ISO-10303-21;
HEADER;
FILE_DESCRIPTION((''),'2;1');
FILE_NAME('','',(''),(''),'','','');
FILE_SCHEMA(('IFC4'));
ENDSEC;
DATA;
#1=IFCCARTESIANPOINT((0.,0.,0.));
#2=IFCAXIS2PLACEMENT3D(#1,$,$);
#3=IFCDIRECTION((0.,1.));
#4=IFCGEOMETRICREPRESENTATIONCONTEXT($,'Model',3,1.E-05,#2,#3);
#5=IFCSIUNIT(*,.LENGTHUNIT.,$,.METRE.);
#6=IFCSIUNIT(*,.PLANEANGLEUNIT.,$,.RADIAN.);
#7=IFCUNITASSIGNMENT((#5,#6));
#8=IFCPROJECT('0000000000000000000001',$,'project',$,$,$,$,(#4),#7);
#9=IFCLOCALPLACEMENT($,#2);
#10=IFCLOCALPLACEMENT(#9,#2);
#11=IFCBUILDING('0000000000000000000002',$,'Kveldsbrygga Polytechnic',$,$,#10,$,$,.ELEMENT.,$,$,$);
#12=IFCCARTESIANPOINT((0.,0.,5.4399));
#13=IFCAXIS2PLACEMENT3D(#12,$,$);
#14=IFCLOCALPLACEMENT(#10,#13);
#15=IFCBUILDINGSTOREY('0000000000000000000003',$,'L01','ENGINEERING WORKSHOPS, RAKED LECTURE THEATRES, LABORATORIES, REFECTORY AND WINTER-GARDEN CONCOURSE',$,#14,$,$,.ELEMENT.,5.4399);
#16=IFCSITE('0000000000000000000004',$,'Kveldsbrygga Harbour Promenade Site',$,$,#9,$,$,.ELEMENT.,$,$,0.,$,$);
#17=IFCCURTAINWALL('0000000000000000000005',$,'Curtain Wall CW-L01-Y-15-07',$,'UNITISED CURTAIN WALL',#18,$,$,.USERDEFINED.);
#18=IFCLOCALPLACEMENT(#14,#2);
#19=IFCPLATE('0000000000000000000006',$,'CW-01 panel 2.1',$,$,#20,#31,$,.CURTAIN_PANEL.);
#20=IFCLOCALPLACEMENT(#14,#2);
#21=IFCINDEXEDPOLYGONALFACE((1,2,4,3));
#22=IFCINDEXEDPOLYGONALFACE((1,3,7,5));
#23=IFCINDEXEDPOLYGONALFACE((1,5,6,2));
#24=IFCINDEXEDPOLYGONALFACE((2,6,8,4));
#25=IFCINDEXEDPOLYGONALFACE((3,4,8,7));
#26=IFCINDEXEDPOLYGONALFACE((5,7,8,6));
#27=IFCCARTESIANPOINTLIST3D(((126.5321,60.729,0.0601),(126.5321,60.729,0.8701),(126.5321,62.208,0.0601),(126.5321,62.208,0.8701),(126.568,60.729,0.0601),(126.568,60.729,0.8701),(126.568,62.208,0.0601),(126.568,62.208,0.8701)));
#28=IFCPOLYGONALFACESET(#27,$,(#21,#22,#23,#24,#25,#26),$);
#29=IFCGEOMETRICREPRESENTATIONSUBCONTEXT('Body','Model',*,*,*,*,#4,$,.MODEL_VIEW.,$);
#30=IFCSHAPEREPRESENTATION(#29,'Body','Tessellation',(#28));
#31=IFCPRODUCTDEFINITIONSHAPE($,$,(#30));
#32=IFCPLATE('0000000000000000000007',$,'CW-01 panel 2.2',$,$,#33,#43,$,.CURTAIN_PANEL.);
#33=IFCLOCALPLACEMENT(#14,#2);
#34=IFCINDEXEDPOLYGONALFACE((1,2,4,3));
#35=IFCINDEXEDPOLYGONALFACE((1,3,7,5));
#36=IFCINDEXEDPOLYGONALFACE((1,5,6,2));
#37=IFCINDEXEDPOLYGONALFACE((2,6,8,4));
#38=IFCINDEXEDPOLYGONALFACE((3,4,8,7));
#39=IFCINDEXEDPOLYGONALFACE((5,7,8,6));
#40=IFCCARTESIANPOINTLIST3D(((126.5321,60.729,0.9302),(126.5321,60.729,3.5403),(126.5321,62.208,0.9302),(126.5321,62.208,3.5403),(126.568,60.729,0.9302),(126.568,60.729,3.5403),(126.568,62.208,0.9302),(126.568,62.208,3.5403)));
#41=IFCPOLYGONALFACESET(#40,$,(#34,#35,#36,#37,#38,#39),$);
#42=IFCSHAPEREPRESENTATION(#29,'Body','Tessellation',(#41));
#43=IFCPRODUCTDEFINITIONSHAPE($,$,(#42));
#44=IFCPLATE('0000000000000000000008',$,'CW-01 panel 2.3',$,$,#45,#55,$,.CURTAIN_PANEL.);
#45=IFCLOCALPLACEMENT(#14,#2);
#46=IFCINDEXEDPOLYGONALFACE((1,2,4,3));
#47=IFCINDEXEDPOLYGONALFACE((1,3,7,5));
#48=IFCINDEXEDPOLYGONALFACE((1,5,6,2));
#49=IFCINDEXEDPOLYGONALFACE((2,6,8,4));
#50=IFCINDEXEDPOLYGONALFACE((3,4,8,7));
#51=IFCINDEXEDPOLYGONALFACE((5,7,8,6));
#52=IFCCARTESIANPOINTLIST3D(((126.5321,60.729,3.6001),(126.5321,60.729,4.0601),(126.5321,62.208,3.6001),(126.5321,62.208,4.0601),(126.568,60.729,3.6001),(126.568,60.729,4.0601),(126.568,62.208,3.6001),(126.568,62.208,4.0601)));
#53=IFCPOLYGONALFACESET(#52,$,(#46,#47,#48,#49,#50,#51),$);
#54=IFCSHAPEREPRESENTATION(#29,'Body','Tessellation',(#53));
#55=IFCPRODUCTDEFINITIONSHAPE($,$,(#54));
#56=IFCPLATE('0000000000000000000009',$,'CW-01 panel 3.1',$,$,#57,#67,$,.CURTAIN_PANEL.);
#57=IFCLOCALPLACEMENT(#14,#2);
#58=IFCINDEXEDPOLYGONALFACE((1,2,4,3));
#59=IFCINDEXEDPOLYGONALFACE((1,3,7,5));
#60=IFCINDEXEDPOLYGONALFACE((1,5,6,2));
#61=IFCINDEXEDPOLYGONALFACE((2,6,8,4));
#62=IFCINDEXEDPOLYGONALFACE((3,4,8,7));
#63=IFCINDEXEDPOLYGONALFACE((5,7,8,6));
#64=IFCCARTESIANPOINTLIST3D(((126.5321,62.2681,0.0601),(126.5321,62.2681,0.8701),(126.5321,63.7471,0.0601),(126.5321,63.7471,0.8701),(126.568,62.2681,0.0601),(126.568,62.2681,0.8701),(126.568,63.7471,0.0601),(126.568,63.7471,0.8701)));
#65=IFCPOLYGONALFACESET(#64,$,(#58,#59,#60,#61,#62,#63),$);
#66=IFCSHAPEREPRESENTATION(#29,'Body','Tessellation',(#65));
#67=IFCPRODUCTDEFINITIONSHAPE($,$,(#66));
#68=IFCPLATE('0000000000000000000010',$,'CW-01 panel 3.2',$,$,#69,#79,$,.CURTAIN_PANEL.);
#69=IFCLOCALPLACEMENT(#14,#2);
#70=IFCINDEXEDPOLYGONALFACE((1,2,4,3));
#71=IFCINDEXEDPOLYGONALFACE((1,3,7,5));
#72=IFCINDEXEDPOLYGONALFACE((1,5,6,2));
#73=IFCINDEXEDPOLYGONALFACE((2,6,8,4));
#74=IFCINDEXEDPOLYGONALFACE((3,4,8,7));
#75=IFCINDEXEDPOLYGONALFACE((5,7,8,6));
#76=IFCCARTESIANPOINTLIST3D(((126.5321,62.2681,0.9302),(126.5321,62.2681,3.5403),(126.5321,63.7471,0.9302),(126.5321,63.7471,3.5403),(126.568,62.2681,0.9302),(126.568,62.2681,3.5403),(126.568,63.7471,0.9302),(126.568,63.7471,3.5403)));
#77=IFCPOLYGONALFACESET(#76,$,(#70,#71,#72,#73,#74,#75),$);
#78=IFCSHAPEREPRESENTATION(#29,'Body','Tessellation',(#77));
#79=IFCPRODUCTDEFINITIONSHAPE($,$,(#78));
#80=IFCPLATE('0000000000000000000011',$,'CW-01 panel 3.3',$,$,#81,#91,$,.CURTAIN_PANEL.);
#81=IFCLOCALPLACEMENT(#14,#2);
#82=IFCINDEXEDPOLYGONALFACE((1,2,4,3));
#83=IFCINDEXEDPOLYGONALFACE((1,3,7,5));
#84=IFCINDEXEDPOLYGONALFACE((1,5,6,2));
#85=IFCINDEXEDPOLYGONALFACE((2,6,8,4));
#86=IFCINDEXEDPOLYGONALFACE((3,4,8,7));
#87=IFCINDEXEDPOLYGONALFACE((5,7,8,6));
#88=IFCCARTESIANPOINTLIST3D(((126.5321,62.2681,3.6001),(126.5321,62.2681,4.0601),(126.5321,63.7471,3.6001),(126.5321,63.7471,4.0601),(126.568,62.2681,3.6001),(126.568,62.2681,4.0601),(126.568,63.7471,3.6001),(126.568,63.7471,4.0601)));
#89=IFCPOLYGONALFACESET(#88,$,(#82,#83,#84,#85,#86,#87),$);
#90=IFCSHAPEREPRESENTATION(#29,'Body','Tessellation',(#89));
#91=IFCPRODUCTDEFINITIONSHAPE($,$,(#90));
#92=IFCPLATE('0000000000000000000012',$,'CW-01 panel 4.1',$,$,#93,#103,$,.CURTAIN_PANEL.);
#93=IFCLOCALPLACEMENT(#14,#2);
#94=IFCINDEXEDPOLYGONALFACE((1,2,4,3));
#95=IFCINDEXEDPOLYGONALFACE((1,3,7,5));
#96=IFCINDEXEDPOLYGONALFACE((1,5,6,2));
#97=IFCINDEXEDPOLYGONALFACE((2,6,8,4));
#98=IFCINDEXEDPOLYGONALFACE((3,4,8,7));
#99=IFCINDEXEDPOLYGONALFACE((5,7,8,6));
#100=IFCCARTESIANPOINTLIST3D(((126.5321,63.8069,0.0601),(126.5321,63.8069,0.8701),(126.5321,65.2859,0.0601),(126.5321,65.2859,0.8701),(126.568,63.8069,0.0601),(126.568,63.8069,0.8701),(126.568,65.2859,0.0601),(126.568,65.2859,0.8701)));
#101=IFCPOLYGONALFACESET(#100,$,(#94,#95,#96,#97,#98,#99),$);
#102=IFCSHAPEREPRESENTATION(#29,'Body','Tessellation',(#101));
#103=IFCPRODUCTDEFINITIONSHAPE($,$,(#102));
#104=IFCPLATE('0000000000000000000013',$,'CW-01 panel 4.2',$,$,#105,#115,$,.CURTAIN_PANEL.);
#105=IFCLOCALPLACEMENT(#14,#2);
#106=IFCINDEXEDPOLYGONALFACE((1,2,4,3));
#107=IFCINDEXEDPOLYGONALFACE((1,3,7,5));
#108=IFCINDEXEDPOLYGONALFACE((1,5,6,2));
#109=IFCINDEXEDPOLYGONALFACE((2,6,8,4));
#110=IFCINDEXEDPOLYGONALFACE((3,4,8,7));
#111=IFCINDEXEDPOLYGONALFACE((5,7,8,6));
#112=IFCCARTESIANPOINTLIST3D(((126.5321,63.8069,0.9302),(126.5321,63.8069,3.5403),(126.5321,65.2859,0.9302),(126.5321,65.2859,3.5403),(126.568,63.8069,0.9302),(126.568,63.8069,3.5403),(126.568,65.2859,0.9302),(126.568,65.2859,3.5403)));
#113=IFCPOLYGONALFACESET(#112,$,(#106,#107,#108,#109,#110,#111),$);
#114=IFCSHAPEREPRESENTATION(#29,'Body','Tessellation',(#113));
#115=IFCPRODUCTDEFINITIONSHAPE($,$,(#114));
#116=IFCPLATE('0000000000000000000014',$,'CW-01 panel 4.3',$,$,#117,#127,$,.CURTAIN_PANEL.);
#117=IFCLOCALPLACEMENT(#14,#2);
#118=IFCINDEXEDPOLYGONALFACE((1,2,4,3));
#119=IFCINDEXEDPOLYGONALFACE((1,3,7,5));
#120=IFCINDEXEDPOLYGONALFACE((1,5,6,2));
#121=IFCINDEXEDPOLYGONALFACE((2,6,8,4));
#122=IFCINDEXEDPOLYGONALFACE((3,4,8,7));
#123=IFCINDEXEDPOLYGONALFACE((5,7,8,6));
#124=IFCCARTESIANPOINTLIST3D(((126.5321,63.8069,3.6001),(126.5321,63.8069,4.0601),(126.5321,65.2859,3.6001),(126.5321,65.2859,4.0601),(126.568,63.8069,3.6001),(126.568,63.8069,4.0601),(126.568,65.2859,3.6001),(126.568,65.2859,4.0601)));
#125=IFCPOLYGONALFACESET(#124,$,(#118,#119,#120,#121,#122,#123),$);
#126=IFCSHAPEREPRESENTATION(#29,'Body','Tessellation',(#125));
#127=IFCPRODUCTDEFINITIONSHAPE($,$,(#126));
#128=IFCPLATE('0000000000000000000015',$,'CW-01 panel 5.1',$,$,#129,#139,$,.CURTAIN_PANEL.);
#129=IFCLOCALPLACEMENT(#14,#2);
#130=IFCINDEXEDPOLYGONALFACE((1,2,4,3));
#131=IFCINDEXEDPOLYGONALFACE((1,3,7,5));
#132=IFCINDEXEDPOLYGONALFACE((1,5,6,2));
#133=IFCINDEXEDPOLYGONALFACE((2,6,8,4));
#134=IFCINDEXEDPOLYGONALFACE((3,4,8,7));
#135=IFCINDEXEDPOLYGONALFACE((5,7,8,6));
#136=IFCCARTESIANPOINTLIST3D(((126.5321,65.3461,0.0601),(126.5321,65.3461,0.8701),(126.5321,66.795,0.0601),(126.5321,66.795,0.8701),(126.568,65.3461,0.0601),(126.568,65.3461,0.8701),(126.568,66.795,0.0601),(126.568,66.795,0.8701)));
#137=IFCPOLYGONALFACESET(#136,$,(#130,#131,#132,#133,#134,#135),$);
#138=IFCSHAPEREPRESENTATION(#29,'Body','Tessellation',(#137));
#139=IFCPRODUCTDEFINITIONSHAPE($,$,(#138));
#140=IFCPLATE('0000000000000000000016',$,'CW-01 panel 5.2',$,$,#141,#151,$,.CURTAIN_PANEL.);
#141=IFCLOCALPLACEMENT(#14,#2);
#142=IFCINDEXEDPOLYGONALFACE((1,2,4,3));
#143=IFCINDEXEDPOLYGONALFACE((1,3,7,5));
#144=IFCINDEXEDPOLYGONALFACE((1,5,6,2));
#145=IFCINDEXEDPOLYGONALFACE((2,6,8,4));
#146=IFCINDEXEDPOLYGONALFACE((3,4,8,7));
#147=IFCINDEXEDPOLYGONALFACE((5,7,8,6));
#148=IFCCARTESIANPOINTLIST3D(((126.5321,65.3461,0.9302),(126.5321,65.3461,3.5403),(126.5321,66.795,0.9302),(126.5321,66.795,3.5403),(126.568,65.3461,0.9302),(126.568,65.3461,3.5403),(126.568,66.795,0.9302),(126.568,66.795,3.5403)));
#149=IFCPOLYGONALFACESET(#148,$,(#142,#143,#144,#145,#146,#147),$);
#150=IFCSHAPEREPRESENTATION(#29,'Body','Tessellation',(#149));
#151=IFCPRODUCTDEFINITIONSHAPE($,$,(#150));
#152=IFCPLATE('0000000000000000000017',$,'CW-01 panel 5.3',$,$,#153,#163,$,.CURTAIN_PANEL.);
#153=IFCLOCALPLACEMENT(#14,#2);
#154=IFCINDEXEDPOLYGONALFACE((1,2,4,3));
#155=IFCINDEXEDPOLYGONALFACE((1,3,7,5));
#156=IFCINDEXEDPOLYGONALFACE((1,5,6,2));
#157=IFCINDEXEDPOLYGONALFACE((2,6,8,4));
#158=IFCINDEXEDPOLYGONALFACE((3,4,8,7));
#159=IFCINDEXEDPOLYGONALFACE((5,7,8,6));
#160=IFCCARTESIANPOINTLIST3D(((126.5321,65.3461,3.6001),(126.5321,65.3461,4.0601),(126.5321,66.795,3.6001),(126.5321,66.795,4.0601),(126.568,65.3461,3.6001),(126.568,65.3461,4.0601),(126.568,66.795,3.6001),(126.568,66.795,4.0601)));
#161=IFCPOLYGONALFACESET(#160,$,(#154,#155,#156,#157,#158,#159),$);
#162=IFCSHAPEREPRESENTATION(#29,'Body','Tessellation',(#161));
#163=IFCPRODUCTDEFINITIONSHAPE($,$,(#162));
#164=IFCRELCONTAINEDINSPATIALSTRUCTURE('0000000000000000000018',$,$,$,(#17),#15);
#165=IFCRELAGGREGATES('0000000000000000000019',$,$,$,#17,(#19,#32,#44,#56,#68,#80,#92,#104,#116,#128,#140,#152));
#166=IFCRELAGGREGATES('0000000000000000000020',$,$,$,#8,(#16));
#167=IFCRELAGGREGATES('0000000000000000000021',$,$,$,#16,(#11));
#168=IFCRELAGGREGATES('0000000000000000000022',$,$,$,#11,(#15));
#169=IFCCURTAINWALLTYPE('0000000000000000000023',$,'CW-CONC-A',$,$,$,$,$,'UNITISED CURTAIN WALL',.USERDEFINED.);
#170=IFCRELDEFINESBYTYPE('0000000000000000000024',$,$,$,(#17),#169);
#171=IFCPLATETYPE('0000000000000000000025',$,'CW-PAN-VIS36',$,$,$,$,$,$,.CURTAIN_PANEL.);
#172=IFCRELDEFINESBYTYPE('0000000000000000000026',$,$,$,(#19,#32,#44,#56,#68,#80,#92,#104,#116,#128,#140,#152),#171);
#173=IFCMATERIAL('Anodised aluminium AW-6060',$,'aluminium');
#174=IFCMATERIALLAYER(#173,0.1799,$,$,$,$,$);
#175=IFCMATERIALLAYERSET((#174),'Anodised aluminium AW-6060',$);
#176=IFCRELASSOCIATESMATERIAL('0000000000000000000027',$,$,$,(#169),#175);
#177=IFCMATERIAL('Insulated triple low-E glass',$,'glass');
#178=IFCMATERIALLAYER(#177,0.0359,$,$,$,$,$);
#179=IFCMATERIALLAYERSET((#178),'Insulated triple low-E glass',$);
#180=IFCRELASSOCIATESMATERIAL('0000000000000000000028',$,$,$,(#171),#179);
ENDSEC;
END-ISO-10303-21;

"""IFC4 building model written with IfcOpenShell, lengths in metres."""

from ifc_helpers import new_model, si_unit, direction, frame, origin, origin_2d, place, context, subcontext, project, spatial, rectangle, extrude, material, layer, layer_set, type_object, element, aggregate, save


model = new_model("IFC4")

# Units and contexts
model_context = context("Model", 3, precision=1e-05, world=origin(), true_north=direction((0.0, 1.0)))
body_context = subcontext(model_context, "Body", "Model", "MODEL_VIEW")
ifc_project = project(units=[si_unit("LENGTHUNIT", "METRE"), si_unit("PLANEANGLEUNIT", "RADIAN")], contexts=[model_context])

# Site, building, storey
site_placement = place(None, origin())
site = spatial("IfcSite", under=ifc_project, at=site_placement, Name="Kveldsbrygga Harbour Promenade Site", CompositionType="ELEMENT", RefElevation=0.0)
building_placement = place(site_placement, origin())
building = spatial("IfcBuilding", under=site, at=building_placement, Name="Kveldsbrygga Polytechnic", CompositionType="ELEMENT")
storey_placement = place(building_placement, frame((0.0, 0.0, 5.4399)))
storey = spatial("IfcBuildingStorey", under=building, at=storey_placement, Name="L01", Description="ENGINEERING WORKSHOPS, RAKED LECTURE THEATRES, LABORATORIES, REFECTORY AND WINTER-GARDEN CONCOURSE", CompositionType="ELEMENT", Elevation=5.4399)

# Curtain wall
ifc_material_1 = material(Name="Anodised aluminium AW-6060", Category="aluminium")
ifc_layer_1 = layer(ifc_material_1, 0.1799)
ifc_layer_set_1 = layer_set([ifc_layer_1], Name="Anodised aluminium AW-6060")
curtain_wall_type_1 = type_object("IfcCurtainWallType", Name="CW-CONC-A", ElementType="UNITISED CURTAIN WALL", PredefinedType="USERDEFINED", material=ifc_layer_set_1)
curtain_wall_1_placement = place(storey_placement, origin())
curtain_wall_1 = element("IfcCurtainWall", 1, at=curtain_wall_1_placement, inside=storey, type_object=curtain_wall_type_1, Name="Curtain Wall CW-L01-Y-15-07", ObjectType="UNITISED CURTAIN WALL", PredefinedType="USERDEFINED")

# Plates
ifc_material_2 = material(Name="Insulated triple low-E glass", Category="glass")
ifc_layer_2 = layer(ifc_material_2, 0.0359)
ifc_layer_set_2 = layer_set([ifc_layer_2], Name="Insulated triple low-E glass")
plate_type = type_object("IfcPlateType", Name="CW-PAN-VIS36", PredefinedType="CURTAIN_PANEL", material=ifc_layer_set_2)
plate_1_placement = place(storey_placement, frame((126.55, 61.4685, 0.0601), z_axis=(0.0, 0.0, 1.0), x_axis=(0.0, 1.0, 0.0)))
plate_1 = element("IfcPlate", 2, at=plate_1_placement, type_object=plate_type, Name="CW-01 panel 2.1", PredefinedType="CURTAIN_PANEL", context=body_context, shape_type="SweptSolid", body=[
    extrude(rectangle(XDim=1.479, YDim=0.0359, at=origin_2d()), origin(), (0.0, 0.0, 1.0), 0.8101),
])
plate_2_placement = place(storey_placement, frame((126.55, 61.4685, 0.9302), z_axis=(0.0, 0.0, 1.0), x_axis=(0.0, 1.0, 0.0)))
plate_2 = element("IfcPlate", 3, at=plate_2_placement, type_object=plate_type, Name="CW-01 panel 2.2", PredefinedType="CURTAIN_PANEL", context=body_context, shape_type="SweptSolid", body=[
    extrude(rectangle(XDim=1.479, YDim=0.0359, at=origin_2d()), origin(), (0.0, 0.0, 1.0), 2.6101),
])
plate_3_placement = place(storey_placement, frame((126.55, 61.4685, 3.6001), z_axis=(0.0, 0.0, 1.0), x_axis=(0.0, 1.0, 0.0)))
plate_3 = element("IfcPlate", 4, at=plate_3_placement, type_object=plate_type, Name="CW-01 panel 2.3", PredefinedType="CURTAIN_PANEL", context=body_context, shape_type="SweptSolid", body=[
    extrude(rectangle(XDim=1.479, YDim=0.0359, at=origin_2d()), origin(), (0.0, 0.0, 1.0), 0.46),
])
plate_4_placement = place(storey_placement, frame((126.55, 63.0076, 0.0601), z_axis=(0.0, 0.0, 1.0), x_axis=(0.0, 1.0, 0.0)))
plate_4 = element("IfcPlate", 5, at=plate_4_placement, type_object=plate_type, Name="CW-01 panel 3.1", PredefinedType="CURTAIN_PANEL", context=body_context, shape_type="SweptSolid", body=[
    extrude(rectangle(XDim=1.479, YDim=0.0359, at=origin_2d()), origin(), (0.0, 0.0, 1.0), 0.8101),
])
plate_5_placement = place(storey_placement, frame((126.55, 63.0076, 0.9302), z_axis=(0.0, 0.0, 1.0), x_axis=(0.0, 1.0, 0.0)))
plate_5 = element("IfcPlate", 6, at=plate_5_placement, type_object=plate_type, Name="CW-01 panel 3.2", PredefinedType="CURTAIN_PANEL", context=body_context, shape_type="SweptSolid", body=[
    extrude(rectangle(XDim=1.479, YDim=0.0359, at=origin_2d()), origin(), (0.0, 0.0, 1.0), 2.6101),
])
plate_6_placement = place(storey_placement, frame((126.55, 63.0076, 3.6001), z_axis=(0.0, 0.0, 1.0), x_axis=(0.0, 1.0, 0.0)))
plate_6 = element("IfcPlate", 7, at=plate_6_placement, type_object=plate_type, Name="CW-01 panel 3.3", PredefinedType="CURTAIN_PANEL", context=body_context, shape_type="SweptSolid", body=[
    extrude(rectangle(XDim=1.479, YDim=0.0359, at=origin_2d()), origin(), (0.0, 0.0, 1.0), 0.46),
])
plate_7_placement = place(storey_placement, frame((126.55, 64.5464, 0.0601), z_axis=(0.0, 0.0, 1.0), x_axis=(0.0, 1.0, 0.0)))
plate_7 = element("IfcPlate", 8, at=plate_7_placement, type_object=plate_type, Name="CW-01 panel 4.1", PredefinedType="CURTAIN_PANEL", context=body_context, shape_type="SweptSolid", body=[
    extrude(rectangle(XDim=1.479, YDim=0.0359, at=origin_2d()), origin(), (0.0, 0.0, 1.0), 0.8101),
])
plate_8_placement = place(storey_placement, frame((126.55, 64.5464, 0.9302), z_axis=(0.0, 0.0, 1.0), x_axis=(0.0, 1.0, 0.0)))
plate_8 = element("IfcPlate", 9, at=plate_8_placement, type_object=plate_type, Name="CW-01 panel 4.2", PredefinedType="CURTAIN_PANEL", context=body_context, shape_type="SweptSolid", body=[
    extrude(rectangle(XDim=1.479, YDim=0.0359, at=origin_2d()), origin(), (0.0, 0.0, 1.0), 2.6101),
])
plate_9_placement = place(storey_placement, frame((126.55, 64.5464, 3.6001), z_axis=(0.0, 0.0, 1.0), x_axis=(0.0, 1.0, 0.0)))
plate_9 = element("IfcPlate", 10, at=plate_9_placement, type_object=plate_type, Name="CW-01 panel 4.3", PredefinedType="CURTAIN_PANEL", context=body_context, shape_type="SweptSolid", body=[
    extrude(rectangle(XDim=1.479, YDim=0.0359, at=origin_2d()), origin(), (0.0, 0.0, 1.0), 0.46),
])
plate_10_placement = place(storey_placement, frame((126.55, 66.0706, 0.0601), z_axis=(0.0, 0.0, 1.0), x_axis=(0.0, 1.0, 0.0)))
plate_10 = element("IfcPlate", 11, at=plate_10_placement, type_object=plate_type, Name="CW-01 panel 5.1", PredefinedType="CURTAIN_PANEL", context=body_context, shape_type="SweptSolid", body=[
    extrude(rectangle(XDim=1.449, YDim=0.0359, at=origin_2d()), origin(), (0.0, 0.0, 1.0), 0.8101),
])
plate_11_placement = place(storey_placement, frame((126.55, 66.0706, 0.9302), z_axis=(0.0, 0.0, 1.0), x_axis=(0.0, 1.0, 0.0)))
plate_11 = element("IfcPlate", 12, at=plate_11_placement, type_object=plate_type, Name="CW-01 panel 5.2", PredefinedType="CURTAIN_PANEL", context=body_context, shape_type="SweptSolid", body=[
    extrude(rectangle(XDim=1.449, YDim=0.0359, at=origin_2d()), origin(), (0.0, 0.0, 1.0), 2.6101),
])
plate_12_placement = place(storey_placement, frame((126.55, 66.0706, 3.6001), z_axis=(0.0, 0.0, 1.0), x_axis=(0.0, 1.0, 0.0)))
plate_12 = element("IfcPlate", 13, at=plate_12_placement, type_object=plate_type, Name="CW-01 panel 5.3", PredefinedType="CURTAIN_PANEL", context=body_context, shape_type="SweptSolid", body=[
    extrude(rectangle(XDim=1.449, YDim=0.0359, at=origin_2d()), origin(), (0.0, 0.0, 1.0), 0.46),
])
aggregate(curtain_wall_1, [plate_1, plate_2, plate_3, plate_4, plate_5, plate_6, plate_7, plate_8, plate_9, plate_10, plate_11, plate_12])

save(model, "model.ifc")
